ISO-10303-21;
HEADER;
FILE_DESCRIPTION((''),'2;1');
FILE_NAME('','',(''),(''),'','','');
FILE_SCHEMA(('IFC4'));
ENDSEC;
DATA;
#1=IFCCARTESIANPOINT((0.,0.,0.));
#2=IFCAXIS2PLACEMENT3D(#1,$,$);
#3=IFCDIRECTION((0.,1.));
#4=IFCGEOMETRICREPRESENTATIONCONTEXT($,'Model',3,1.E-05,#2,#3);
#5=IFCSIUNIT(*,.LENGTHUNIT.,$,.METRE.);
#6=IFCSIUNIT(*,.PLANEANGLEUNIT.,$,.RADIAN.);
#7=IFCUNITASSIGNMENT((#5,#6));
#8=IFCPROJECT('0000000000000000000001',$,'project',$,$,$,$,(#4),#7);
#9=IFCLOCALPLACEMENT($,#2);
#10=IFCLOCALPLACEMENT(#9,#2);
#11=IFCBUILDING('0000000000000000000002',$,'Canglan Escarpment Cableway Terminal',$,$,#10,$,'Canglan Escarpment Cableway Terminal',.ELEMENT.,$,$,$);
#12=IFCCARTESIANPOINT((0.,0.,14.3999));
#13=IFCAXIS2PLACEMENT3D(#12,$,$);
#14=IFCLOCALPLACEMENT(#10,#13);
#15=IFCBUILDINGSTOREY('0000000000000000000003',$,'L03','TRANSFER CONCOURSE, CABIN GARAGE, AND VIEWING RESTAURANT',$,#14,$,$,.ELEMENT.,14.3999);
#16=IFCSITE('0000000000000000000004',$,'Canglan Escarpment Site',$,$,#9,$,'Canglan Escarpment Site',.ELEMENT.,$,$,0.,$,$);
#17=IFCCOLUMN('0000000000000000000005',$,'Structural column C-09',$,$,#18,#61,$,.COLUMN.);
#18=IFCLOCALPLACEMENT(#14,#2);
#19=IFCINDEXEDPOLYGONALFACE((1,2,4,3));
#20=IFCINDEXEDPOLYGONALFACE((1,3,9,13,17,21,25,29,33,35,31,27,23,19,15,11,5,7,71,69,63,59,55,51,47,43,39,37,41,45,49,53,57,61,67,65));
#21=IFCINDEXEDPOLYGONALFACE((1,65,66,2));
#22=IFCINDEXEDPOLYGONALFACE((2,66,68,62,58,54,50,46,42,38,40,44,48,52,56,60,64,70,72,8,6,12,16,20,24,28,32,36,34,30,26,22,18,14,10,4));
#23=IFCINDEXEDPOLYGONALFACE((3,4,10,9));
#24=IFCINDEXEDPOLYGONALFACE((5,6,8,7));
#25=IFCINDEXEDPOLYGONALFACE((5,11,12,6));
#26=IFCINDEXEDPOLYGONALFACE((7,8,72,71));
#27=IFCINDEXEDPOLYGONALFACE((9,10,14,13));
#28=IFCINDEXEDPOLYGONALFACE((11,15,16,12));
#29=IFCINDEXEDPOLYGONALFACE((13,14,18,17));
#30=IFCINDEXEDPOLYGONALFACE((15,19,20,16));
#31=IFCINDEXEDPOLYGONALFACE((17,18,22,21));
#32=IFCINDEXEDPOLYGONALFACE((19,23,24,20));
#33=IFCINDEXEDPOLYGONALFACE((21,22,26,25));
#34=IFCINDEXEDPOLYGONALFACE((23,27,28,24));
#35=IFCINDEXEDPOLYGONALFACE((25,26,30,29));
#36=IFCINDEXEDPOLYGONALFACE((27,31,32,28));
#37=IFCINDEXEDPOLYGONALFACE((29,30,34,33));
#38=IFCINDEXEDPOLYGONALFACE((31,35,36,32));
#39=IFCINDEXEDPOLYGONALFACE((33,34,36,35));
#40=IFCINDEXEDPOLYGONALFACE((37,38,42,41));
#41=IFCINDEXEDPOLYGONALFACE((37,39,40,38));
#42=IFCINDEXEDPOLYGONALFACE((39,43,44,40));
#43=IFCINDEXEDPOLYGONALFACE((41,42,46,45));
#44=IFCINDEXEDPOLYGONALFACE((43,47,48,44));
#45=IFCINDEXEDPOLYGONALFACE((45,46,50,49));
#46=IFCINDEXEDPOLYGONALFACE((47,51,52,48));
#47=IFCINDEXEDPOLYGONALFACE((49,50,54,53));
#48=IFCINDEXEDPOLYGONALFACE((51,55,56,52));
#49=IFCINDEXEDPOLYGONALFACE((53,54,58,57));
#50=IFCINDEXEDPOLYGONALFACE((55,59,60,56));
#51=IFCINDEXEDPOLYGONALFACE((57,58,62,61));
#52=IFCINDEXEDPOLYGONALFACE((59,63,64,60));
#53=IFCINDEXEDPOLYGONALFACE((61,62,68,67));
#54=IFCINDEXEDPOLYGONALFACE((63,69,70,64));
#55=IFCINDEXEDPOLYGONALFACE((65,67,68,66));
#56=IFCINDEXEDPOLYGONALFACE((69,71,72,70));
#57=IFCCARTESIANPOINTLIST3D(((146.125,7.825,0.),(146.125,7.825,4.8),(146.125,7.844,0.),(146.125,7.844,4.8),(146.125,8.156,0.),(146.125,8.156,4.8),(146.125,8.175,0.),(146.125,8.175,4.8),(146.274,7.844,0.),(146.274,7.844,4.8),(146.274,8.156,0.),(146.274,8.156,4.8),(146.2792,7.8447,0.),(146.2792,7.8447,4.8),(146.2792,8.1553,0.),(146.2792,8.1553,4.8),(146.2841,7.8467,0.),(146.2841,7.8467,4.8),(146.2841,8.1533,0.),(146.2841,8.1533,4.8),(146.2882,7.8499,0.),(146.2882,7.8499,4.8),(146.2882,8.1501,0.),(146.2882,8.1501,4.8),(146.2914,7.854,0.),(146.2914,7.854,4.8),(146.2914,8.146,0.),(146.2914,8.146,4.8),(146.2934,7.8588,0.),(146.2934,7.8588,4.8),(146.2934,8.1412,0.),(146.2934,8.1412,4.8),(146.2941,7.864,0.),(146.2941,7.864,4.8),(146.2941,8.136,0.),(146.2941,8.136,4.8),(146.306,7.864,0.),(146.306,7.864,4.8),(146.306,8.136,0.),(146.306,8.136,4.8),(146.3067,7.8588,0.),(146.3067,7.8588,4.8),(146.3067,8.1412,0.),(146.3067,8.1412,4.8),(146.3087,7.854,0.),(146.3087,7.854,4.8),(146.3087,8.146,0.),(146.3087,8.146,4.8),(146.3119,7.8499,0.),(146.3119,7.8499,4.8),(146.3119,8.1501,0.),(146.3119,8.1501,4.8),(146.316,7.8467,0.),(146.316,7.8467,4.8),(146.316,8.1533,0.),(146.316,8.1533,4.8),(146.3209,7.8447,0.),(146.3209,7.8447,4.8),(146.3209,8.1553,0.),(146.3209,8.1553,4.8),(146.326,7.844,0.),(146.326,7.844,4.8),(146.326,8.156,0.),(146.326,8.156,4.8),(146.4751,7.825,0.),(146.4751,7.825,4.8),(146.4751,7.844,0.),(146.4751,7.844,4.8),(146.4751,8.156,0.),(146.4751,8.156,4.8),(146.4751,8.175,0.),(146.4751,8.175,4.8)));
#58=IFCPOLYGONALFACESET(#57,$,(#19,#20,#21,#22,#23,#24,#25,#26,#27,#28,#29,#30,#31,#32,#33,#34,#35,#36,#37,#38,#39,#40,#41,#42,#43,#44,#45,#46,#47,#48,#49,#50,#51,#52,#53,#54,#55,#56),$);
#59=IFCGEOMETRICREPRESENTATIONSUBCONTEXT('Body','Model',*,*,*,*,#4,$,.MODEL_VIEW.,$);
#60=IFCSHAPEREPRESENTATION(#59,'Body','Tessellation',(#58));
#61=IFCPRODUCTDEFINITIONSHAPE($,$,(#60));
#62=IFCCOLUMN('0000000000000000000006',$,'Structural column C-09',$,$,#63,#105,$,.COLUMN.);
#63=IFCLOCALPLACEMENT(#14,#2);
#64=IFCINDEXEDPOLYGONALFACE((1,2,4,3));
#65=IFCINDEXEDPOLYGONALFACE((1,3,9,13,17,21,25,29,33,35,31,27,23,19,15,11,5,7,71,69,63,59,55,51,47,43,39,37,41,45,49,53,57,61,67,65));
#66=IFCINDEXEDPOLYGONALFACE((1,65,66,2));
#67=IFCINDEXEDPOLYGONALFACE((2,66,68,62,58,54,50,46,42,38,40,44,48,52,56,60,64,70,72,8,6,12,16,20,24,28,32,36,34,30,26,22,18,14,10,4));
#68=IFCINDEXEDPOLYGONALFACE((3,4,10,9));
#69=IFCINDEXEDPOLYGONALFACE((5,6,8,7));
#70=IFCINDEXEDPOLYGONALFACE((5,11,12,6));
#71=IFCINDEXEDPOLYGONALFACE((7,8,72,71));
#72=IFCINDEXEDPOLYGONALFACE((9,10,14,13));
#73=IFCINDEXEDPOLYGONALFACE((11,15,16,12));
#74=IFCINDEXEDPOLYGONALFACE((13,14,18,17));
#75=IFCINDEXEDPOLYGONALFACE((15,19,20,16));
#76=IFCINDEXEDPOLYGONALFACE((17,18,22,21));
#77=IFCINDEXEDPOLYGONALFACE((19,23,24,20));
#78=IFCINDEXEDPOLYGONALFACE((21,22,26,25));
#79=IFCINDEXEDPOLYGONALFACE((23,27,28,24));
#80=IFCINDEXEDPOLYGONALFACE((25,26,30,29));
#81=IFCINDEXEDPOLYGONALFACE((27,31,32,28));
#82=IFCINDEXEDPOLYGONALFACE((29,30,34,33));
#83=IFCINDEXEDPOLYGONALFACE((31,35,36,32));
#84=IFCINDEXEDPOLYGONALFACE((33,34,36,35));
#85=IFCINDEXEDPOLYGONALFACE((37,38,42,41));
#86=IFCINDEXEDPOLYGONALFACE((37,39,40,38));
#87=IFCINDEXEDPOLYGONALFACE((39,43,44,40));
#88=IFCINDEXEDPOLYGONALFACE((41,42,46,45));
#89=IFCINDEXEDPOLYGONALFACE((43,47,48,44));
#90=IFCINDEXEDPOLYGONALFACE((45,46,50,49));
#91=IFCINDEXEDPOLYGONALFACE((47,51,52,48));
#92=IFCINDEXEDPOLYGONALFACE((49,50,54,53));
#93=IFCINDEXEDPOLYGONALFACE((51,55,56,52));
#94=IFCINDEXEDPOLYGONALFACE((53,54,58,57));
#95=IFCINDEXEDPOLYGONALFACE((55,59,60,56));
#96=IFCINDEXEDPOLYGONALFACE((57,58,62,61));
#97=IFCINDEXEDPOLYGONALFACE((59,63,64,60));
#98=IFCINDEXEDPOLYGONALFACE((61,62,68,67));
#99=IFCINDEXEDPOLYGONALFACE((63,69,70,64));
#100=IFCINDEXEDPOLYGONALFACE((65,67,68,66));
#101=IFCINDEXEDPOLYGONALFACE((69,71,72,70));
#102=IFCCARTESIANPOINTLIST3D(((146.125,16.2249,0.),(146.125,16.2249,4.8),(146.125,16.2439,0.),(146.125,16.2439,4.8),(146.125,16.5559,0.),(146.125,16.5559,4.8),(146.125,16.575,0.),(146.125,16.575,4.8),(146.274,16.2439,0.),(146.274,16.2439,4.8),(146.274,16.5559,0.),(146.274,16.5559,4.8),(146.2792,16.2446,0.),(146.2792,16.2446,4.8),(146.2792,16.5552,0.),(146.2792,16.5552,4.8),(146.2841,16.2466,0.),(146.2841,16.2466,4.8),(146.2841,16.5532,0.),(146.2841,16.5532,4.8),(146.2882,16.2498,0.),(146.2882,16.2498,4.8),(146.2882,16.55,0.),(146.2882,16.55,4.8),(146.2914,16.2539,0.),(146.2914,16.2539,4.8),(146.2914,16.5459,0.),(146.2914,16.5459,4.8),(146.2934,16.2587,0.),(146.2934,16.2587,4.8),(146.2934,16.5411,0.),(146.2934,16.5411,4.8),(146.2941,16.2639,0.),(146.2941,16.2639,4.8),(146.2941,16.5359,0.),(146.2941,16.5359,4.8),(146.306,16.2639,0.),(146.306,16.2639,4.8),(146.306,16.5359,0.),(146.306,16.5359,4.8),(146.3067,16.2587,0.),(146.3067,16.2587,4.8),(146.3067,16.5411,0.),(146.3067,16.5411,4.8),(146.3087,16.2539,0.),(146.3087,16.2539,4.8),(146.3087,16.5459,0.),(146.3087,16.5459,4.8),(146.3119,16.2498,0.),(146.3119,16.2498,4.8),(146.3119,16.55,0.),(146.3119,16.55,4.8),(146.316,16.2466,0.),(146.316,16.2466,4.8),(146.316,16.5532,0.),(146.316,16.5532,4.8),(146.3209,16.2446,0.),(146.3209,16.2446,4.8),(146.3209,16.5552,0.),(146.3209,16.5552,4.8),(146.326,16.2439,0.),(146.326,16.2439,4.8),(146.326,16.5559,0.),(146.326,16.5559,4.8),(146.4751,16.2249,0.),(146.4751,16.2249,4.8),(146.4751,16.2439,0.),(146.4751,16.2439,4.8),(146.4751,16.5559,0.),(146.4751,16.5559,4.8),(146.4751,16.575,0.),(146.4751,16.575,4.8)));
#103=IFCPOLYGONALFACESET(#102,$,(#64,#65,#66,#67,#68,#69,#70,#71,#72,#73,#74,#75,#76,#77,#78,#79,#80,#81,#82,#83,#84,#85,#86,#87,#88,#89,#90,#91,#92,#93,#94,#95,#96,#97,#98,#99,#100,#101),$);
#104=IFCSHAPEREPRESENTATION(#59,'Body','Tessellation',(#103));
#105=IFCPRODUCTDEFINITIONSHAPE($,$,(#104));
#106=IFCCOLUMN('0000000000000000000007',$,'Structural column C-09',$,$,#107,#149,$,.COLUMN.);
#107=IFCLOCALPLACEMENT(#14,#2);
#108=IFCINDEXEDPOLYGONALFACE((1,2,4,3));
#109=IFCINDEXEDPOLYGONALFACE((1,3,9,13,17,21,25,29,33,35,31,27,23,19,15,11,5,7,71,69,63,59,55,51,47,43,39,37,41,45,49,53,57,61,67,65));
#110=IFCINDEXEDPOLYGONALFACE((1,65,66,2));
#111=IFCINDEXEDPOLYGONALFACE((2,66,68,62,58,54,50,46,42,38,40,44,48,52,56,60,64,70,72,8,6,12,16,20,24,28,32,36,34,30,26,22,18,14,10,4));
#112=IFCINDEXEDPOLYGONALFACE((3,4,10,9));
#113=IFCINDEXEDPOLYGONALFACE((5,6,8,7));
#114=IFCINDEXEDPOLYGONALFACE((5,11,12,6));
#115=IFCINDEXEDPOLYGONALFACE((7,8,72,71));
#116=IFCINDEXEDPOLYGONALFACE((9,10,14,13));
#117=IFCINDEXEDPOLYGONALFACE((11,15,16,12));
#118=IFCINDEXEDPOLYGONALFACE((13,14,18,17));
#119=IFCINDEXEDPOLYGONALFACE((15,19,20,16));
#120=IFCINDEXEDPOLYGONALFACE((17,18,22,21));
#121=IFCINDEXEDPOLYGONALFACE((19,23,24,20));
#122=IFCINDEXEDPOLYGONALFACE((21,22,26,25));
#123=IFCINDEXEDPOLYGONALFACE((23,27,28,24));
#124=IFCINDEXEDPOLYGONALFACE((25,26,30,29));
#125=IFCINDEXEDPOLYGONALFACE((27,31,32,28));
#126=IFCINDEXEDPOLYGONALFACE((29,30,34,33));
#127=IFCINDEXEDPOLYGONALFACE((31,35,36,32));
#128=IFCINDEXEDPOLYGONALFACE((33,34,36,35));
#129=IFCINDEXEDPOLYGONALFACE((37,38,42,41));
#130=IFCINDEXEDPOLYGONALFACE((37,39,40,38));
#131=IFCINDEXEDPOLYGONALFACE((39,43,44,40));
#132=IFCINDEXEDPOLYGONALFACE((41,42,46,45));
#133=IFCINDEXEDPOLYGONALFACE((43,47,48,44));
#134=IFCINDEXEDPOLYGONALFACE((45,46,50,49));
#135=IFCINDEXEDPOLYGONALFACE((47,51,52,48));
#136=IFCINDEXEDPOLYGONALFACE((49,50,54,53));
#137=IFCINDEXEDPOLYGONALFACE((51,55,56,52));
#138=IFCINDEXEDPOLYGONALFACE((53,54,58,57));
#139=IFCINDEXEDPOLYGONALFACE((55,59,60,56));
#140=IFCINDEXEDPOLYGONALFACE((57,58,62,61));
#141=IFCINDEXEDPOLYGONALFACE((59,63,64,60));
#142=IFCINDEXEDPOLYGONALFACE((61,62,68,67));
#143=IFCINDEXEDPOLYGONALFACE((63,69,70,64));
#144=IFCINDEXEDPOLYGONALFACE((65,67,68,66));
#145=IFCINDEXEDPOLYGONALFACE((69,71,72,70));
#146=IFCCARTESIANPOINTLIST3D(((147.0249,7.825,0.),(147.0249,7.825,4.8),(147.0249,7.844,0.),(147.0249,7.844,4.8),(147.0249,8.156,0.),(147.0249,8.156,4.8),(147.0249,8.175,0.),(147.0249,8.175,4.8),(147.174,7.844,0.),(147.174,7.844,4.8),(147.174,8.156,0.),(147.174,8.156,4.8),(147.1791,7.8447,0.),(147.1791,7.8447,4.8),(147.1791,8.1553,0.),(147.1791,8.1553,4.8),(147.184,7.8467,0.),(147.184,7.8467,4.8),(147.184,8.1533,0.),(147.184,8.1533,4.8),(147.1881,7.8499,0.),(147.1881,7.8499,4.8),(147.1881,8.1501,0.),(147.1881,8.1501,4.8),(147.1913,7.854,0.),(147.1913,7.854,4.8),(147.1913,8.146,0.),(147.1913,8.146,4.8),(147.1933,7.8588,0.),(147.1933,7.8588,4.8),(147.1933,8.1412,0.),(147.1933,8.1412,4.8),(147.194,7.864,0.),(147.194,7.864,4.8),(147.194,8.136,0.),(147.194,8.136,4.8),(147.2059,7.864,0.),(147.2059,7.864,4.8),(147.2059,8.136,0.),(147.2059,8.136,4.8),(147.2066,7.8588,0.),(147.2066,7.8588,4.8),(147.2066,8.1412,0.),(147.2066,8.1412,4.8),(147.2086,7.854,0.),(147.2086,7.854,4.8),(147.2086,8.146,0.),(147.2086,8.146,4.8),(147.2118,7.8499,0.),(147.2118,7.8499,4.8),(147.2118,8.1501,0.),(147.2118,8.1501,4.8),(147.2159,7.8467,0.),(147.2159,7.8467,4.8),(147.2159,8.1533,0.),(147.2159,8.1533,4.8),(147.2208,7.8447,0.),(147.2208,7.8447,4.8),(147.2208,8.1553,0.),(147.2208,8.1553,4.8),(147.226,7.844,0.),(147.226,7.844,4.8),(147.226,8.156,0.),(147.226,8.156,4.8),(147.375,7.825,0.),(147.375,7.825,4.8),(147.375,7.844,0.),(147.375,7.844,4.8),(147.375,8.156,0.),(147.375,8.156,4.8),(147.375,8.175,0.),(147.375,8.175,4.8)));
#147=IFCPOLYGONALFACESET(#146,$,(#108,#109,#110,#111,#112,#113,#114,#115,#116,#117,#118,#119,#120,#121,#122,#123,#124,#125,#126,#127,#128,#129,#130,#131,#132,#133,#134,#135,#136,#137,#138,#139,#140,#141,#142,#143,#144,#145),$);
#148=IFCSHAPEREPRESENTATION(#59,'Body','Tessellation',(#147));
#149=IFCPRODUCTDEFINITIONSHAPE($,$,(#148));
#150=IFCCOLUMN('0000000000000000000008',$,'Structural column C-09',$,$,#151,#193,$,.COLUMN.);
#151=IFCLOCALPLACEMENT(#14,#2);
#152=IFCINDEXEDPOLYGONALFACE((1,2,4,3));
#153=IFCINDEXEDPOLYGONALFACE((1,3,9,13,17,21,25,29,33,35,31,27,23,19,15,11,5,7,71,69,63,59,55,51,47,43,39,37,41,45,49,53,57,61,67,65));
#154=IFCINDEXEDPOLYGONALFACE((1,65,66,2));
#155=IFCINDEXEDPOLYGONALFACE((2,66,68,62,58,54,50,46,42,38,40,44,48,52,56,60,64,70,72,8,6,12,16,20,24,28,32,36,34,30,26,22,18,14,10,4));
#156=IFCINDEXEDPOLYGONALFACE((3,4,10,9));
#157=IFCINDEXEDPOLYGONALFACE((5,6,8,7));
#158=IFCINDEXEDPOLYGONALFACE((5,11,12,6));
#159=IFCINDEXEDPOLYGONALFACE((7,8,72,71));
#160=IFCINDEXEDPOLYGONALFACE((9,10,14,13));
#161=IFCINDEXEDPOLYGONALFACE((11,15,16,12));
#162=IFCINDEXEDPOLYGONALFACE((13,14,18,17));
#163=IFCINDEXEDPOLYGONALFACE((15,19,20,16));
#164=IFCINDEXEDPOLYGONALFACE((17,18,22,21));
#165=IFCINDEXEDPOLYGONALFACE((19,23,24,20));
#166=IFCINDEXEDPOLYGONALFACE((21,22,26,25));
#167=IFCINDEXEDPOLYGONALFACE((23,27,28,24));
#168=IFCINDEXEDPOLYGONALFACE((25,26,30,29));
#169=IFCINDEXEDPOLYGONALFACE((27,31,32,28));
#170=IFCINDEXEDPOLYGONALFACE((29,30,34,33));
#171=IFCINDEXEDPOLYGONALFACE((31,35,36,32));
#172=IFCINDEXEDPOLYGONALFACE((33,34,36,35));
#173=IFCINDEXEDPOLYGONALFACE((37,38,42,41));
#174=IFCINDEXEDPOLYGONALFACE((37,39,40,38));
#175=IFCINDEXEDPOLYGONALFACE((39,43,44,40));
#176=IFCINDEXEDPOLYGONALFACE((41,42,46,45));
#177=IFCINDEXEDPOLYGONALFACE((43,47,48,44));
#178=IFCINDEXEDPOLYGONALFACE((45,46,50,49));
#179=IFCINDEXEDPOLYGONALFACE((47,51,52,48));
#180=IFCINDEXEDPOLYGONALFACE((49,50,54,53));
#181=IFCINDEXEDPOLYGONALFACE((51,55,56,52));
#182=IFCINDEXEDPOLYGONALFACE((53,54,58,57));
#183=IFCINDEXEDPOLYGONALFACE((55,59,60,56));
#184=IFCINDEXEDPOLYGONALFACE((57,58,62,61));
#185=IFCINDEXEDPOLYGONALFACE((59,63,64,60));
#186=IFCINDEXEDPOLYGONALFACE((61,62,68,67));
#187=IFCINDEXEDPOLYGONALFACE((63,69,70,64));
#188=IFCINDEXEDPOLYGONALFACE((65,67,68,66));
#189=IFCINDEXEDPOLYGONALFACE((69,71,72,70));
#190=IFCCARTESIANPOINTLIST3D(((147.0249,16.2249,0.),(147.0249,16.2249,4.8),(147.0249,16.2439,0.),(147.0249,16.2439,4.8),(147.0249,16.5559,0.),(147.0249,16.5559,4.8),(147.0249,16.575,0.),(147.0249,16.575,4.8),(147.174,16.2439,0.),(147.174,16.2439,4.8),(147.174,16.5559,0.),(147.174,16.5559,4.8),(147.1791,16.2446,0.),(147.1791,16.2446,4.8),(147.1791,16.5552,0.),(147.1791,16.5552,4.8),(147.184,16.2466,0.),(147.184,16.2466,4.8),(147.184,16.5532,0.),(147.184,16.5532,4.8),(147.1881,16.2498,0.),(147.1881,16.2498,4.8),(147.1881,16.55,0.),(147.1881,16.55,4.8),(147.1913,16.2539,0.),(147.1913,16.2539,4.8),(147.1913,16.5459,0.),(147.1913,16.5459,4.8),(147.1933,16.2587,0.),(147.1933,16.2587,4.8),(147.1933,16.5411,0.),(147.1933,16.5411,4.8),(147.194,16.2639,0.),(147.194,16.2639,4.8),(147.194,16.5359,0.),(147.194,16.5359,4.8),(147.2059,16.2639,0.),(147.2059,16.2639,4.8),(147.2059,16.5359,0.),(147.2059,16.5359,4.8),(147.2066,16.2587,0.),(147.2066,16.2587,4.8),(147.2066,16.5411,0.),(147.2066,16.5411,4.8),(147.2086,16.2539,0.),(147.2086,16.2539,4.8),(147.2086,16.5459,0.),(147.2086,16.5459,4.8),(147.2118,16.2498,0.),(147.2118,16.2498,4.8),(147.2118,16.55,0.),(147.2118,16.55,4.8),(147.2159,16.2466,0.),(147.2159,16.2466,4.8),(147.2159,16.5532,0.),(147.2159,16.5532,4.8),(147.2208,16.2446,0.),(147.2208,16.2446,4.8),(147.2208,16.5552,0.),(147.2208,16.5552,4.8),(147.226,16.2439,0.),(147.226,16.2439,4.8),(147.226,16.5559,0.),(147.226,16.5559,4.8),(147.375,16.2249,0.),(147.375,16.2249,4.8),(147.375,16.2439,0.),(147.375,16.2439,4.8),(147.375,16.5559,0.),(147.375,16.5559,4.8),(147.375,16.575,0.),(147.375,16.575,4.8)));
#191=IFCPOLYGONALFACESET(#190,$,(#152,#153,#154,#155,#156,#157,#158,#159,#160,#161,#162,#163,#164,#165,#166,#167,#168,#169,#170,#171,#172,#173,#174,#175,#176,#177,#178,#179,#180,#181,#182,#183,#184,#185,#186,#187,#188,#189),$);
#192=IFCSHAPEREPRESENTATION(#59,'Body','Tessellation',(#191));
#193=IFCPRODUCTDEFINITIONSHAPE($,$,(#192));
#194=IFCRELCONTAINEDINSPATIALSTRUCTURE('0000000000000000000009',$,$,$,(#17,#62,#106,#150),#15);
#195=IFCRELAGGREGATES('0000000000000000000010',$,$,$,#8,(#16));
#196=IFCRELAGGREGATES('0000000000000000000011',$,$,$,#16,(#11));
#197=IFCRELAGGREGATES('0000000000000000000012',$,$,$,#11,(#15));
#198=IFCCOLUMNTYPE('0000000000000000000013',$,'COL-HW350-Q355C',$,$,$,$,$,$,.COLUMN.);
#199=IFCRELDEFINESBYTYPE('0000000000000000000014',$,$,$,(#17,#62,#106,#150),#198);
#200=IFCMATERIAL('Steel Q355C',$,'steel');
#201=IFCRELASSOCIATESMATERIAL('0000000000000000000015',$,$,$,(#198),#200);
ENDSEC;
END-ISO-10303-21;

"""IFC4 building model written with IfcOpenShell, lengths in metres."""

from ifc_helpers import new_model, si_unit, direction, frame, origin, origin_2d, place, context, subcontext, project, spatial, i_section, extrude, material, material_profile, profile_set, type_object, element, save


model = new_model("IFC4")

# Units and contexts
model_context = context("Model", 3, precision=1e-05, world=origin(), true_north=direction((0.0, 1.0)))
body_context = subcontext(model_context, "Body", "Model", "MODEL_VIEW")
ifc_project = project(units=[si_unit("LENGTHUNIT", "METRE"), si_unit("PLANEANGLEUNIT", "RADIAN")], contexts=[model_context])

# Site, building, storey
site_placement = place(None, origin())
site = spatial("IfcSite", under=ifc_project, at=site_placement, Name="Canglan Escarpment Site", LongName="Canglan Escarpment Site", CompositionType="ELEMENT", RefElevation=0.0)
building_placement = place(site_placement, origin())
building = spatial("IfcBuilding", under=site, at=building_placement, Name="Canglan Escarpment Cableway Terminal", LongName="Canglan Escarpment Cableway Terminal", CompositionType="ELEMENT")
storey_placement = place(building_placement, frame((0.0, 0.0, 14.3999)))
storey = spatial("IfcBuildingStorey", under=building, at=storey_placement, Name="L03", Description="TRANSFER CONCOURSE, CABIN GARAGE, AND VIEWING RESTAURANT", CompositionType="ELEMENT", Elevation=14.3999)

# Columns
ifc_material_1 = material(Name="Steel Q355C", Category="steel")
ifc_material_profile_1 = material_profile(ifc_material_1, i_section(OverallWidth=0.3501, OverallDepth=0.3501, WebThickness=0.012, FlangeThickness=0.019, FilletRadius=0.02, at=origin_2d()), Name="HW 350x350x12x19")
ifc_profile_set_1 = profile_set([ifc_material_profile_1], Name="Steel Q355C")
column_type = type_object("IfcColumnType", Name="COL-HW350-Q355C", PredefinedType="COLUMN", material=ifc_profile_set_1)
for number, where, z_axis, x_axis, name in (
    (1, (146.3, 8.0, 0.0), (0.0, 0.0, 1.0), (1.0, 0.0, 0.0), "Structural column C-09"),
    (2, (146.3, 16.3999, 0.0), (0.0, 0.0, 1.0), (1.0, 0.0, 0.0), "Structural column C-09"),
    (3, (147.2, 8.0, 0.0), (0.0, 0.0, 1.0), (1.0, 0.0, 0.0), "Structural column C-09"),
    (4, (147.2, 16.3999, 0.0), (0.0, 0.0, 1.0), (1.0, 0.0, 0.0), "Structural column C-09"),
):
    element("IfcColumn", number, at=place(storey_placement, frame(where, z_axis=z_axis, x_axis=x_axis)), inside=storey, type_object=column_type, Name=name, PredefinedType="COLUMN", context=body_context, shape_type="SweptSolid", body=[
        extrude(i_section(OverallWidth=0.3501, OverallDepth=0.3501, WebThickness=0.012, FlangeThickness=0.019, FilletRadius=0.02, at=origin_2d()), origin(), (0.0, 0.0, 1.0), 4.8),
    ])

save(model, "model.ifc")
